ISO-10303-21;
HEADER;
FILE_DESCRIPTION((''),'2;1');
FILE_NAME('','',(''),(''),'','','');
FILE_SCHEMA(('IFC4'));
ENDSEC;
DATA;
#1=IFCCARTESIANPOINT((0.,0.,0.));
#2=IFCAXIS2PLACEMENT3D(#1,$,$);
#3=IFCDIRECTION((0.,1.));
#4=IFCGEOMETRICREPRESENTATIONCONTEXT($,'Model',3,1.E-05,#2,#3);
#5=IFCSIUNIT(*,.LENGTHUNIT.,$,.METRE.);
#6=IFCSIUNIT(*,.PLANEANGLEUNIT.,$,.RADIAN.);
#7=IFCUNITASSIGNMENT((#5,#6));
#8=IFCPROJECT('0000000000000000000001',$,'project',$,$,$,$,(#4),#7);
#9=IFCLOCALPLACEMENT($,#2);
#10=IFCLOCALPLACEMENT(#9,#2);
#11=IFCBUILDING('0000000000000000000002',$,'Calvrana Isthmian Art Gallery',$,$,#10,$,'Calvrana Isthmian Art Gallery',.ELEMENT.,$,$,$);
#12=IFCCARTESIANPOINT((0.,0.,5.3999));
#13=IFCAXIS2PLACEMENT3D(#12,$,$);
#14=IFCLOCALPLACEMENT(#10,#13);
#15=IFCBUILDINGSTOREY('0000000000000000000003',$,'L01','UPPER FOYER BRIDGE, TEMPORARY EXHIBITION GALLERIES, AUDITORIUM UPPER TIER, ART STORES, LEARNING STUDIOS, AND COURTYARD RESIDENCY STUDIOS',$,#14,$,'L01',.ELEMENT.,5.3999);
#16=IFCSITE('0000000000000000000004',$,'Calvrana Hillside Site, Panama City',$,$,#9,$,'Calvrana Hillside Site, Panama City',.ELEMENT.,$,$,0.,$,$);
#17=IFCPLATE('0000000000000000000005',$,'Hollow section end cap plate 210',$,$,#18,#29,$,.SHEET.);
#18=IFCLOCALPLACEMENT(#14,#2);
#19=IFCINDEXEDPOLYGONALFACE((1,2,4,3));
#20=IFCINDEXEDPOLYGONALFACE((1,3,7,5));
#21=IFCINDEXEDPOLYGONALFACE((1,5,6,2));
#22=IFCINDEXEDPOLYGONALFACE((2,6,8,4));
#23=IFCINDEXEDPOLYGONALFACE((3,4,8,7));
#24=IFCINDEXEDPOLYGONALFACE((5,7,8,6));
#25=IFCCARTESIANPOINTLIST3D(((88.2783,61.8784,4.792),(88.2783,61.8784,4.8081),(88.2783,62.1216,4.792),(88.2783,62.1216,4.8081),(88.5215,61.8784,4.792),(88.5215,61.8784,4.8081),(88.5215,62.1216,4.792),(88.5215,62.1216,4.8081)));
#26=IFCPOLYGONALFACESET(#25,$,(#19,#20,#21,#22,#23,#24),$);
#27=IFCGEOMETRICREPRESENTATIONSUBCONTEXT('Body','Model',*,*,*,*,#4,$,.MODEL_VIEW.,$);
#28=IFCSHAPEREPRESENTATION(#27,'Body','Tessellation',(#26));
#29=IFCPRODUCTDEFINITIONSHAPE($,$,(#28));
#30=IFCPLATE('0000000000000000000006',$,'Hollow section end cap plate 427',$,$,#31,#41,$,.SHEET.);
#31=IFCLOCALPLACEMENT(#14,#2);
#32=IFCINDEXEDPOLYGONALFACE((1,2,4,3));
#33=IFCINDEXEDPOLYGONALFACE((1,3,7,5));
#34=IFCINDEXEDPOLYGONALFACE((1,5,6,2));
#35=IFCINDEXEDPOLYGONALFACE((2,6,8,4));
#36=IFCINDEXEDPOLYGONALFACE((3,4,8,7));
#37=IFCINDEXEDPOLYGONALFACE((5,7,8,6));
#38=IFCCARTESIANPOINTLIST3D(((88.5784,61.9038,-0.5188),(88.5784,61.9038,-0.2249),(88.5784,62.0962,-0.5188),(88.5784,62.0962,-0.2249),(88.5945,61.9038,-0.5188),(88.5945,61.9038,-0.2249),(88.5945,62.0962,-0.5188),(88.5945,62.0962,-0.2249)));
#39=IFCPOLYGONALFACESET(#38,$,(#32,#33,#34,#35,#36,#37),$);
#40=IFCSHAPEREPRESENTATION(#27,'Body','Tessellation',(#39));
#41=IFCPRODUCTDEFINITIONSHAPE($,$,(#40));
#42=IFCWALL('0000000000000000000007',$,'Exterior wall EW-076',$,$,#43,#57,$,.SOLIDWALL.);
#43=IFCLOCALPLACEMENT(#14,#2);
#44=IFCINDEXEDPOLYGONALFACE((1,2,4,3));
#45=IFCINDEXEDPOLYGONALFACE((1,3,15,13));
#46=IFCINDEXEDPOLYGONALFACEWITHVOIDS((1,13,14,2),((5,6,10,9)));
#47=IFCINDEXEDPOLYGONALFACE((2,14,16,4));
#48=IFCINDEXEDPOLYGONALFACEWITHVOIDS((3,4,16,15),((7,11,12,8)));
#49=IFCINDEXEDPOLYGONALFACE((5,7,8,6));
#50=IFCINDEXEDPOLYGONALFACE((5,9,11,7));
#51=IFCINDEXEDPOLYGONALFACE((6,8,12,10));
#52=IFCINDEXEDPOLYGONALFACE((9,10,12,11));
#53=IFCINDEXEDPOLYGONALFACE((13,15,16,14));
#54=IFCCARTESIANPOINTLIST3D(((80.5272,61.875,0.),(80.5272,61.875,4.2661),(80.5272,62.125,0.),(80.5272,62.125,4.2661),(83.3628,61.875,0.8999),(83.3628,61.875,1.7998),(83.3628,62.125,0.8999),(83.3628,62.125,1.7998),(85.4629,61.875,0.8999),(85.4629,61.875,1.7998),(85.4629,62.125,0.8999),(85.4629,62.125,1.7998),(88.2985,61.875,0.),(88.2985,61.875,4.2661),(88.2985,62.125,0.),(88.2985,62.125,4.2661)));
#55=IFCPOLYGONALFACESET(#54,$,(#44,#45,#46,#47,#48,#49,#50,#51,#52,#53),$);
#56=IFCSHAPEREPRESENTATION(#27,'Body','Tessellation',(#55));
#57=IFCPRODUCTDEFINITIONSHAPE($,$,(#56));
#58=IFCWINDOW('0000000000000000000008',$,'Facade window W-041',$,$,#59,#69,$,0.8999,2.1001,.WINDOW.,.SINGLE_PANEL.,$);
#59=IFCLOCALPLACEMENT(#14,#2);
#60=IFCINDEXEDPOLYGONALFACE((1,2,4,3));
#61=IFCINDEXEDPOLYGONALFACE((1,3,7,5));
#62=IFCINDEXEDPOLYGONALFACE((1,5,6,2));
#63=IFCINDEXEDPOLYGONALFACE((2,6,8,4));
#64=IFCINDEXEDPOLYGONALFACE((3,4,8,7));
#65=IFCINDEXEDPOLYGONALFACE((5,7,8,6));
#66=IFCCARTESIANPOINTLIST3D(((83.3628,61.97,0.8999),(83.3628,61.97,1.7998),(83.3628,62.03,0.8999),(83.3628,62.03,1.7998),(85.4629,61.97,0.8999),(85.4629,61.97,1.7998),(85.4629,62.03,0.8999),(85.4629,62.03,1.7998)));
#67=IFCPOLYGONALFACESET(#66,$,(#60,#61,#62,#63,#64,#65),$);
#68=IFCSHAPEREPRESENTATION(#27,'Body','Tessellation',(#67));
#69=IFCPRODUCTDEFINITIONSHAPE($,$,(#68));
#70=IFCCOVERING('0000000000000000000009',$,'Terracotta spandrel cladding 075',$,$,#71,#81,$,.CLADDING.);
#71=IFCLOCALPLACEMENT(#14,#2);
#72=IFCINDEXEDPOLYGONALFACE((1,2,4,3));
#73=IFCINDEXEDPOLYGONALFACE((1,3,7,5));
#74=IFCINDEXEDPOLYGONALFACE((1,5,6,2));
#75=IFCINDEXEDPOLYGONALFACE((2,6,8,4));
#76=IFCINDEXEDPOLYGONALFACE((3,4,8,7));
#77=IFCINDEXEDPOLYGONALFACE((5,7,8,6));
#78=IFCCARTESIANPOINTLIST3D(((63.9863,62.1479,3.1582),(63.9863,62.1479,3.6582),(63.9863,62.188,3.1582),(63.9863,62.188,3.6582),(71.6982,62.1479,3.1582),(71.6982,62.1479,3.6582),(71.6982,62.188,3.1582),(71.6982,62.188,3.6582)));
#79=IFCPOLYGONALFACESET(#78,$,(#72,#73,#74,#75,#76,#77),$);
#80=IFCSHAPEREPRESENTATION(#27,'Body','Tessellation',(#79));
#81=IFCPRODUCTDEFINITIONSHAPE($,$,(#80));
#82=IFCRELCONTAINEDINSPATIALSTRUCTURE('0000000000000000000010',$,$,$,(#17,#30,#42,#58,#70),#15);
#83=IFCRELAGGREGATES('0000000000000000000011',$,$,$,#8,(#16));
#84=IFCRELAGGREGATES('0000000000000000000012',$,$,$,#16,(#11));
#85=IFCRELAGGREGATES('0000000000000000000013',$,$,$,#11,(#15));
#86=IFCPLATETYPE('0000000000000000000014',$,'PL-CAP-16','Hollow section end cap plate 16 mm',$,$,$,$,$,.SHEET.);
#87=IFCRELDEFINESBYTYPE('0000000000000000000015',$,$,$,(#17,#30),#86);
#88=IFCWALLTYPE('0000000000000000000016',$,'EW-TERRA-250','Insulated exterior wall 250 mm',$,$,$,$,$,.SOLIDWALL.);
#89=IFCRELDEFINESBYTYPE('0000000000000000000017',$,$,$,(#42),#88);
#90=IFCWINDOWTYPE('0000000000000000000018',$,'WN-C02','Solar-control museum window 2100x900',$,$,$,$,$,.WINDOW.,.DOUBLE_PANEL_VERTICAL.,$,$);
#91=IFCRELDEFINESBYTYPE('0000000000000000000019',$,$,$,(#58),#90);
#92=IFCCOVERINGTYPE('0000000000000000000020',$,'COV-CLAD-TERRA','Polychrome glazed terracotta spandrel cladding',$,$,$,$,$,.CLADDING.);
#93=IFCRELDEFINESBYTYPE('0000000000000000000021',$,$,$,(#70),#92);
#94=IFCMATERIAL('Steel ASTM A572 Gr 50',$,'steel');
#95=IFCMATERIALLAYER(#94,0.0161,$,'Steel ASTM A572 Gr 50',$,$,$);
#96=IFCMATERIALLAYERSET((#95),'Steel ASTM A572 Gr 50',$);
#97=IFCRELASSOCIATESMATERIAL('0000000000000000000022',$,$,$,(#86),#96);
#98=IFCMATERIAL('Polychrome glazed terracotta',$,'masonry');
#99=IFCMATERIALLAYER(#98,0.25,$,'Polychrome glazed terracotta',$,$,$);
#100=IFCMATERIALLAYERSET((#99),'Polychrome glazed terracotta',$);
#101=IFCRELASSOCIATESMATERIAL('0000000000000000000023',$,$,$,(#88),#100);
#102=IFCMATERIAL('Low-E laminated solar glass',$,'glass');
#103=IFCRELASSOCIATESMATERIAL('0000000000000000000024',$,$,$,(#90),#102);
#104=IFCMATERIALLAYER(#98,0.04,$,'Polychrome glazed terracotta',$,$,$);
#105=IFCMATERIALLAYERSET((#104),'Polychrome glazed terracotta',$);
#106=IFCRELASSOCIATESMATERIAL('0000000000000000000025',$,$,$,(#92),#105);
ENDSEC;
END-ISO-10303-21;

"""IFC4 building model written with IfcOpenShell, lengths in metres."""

from ifc_helpers import new_model, si_unit, direction, frame, frame_2d, origin, origin_2d, place, context, subcontext, project, spatial, rectangle, extrude, material, layer, layer_set, type_object, element, fill, save


model = new_model("IFC4")

# Units and contexts
model_context = context("Model", 3, precision=1e-05, world=origin(), true_north=direction((0.0, 1.0)))
body_context = subcontext(model_context, "Body", "Model", "MODEL_VIEW")
ifc_project = project(units=[si_unit("LENGTHUNIT", "METRE"), si_unit("PLANEANGLEUNIT", "RADIAN")], contexts=[model_context])

# Site, building, storey
site_placement = place(None, origin())
site = spatial("IfcSite", under=ifc_project, at=site_placement, Name="Calvrana Hillside Site, Panama City", LongName="Calvrana Hillside Site, Panama City", CompositionType="ELEMENT", RefElevation=0.0)
building_placement = place(site_placement, origin())
building = spatial("IfcBuilding", under=site, at=building_placement, Name="Calvrana Isthmian Art Gallery", LongName="Calvrana Isthmian Art Gallery", CompositionType="ELEMENT")
storey_placement = place(building_placement, frame((0.0, 0.0, 5.3999)))
storey = spatial("IfcBuildingStorey", under=building, at=storey_placement, Name="L01", Description="UPPER FOYER BRIDGE, TEMPORARY EXHIBITION GALLERIES, AUDITORIUM UPPER TIER, ART STORES, LEARNING STUDIOS, AND COURTYARD RESIDENCY STUDIOS", LongName="L01", CompositionType="ELEMENT", Elevation=5.3999)

# Shared definitions
ifc_material_1 = material(Name="Polychrome glazed terracotta", Category="masonry")
ifc_material_2 = material(Name="Low-E laminated solar glass", Category="glass")

# Plates
ifc_material_3 = material(Name="Steel ASTM A572 Gr 50", Category="steel")
ifc_layer_1 = layer(ifc_material_3, 0.0161, Name="Steel ASTM A572 Gr 50")
ifc_layer_set_1 = layer_set([ifc_layer_1], Name="Steel ASTM A572 Gr 50")
plate_type_1 = type_object("IfcPlateType", Name="PL-CAP-16", Description="Hollow section end cap plate 16 mm", PredefinedType="SHEET", material=ifc_layer_set_1)
for number, where, z_axis, x_axis, name in (
    (1, (88.3999, 62.0, 4.792), (0.0, 0.0, 1.0), (1.0, 0.0, 0.0), "Hollow section end cap plate 210"),
):
    element("IfcPlate", number, at=place(storey_placement, frame(where, z_axis=z_axis, x_axis=x_axis)), inside=storey, type_object=plate_type_1, Name=name, PredefinedType="SHEET", context=body_context, shape_type="SweptSolid", body=[
        extrude(rectangle(XDim=0.2432, YDim=0.2432, at=origin_2d()), origin(), (0.0, 0.0, 1.0), 0.0161),
    ])
plate_1_placement = place(storey_placement, frame((88.5864, 62.0, -0.5188), z_axis=(0.0, 0.0, 1.0), x_axis=(1.0, 0.0, 0.0)))
element("IfcPlate", 2, at=plate_1_placement, inside=storey, type_object=plate_type_1, Name="Hollow section end cap plate 427", PredefinedType="SHEET", context=body_context, shape_type="SweptSolid", body=[
    extrude(rectangle(XDim=0.0161, YDim=0.1924, at=origin_2d()), origin(), (0.0, 0.0, 1.0), 0.2939),
])

# Wall, opening, window
ifc_layer_2 = layer(ifc_material_1, 0.25, Name="Polychrome glazed terracotta")
ifc_layer_set_2 = layer_set([ifc_layer_2], Name="Polychrome glazed terracotta")
wall_type = type_object("IfcWallType", Name="EW-TERRA-250", Description="Insulated exterior wall 250 mm", PredefinedType="SOLIDWALL", material=ifc_layer_set_2)
wall_placement = place(storey_placement, frame((80.5271, 62.0, 0.0), z_axis=(0.0, 0.0, 1.0), x_axis=(1.0, 0.0, 0.0)))
wall = element("IfcWall", 3, at=wall_placement, inside=storey, type_object=wall_type, Name="Exterior wall EW-076", PredefinedType="SOLIDWALL", context=body_context, shape_type="SweptSolid", body=[
    extrude(rectangle(XDim=7.7712, YDim=0.25, at=frame_2d((3.8857, 0.0))), origin(), (0.0, 0.0, 1.0), 4.2661),
])
opening_placement = place(wall_placement, frame((2.8357, 0.0, 0.8999)))
opening = element("IfcOpeningElement", 4, at=opening_placement, cuts=wall, PredefinedType="OPENING", context=body_context, shape_type="SweptSolid", body=[
    extrude(rectangle(XDim=2.1001, YDim=0.8999, at=frame_2d((1.05, 0.45))), frame((0.0, 0.1353, 0.0), z_axis=(0.0, -1.0, 0.0), x_axis=(1.0, 0.0, 0.0)), (0.0, 0.0, 1.0), 0.2705),
])
window_type = type_object("IfcWindowType", Name="WN-C02", Description="Solar-control museum window 2100x900", PartitioningType="DOUBLE_PANEL_VERTICAL", PredefinedType="WINDOW", material=ifc_material_2)
window_placement = place(opening_placement, origin())
window = element("IfcWindow", 5, at=window_placement, inside=storey, type_object=window_type, Name="Facade window W-041", OverallHeight=0.8999, OverallWidth=2.1001, PartitioningType="SINGLE_PANEL", PredefinedType="WINDOW", context=body_context, shape_type="SweptSolid", body=[
    extrude(rectangle(XDim=2.1001, YDim=0.8999, at=frame_2d((1.05, 0.45))), frame((0.0, 0.03, 0.0), z_axis=(0.0, -1.0, 0.0), x_axis=(1.0, 0.0, 0.0)), (0.0, 0.0, 1.0), 0.0601),
])
fill(opening, window)

# Covering
ifc_layer_3 = layer(ifc_material_1, 0.04, Name="Polychrome glazed terracotta")
ifc_layer_set_3 = layer_set([ifc_layer_3], Name="Polychrome glazed terracotta")
covering_type = type_object("IfcCoveringType", Name="COV-CLAD-TERRA", Description="Polychrome glazed terracotta spandrel cladding", PredefinedType="CLADDING", material=ifc_layer_set_3)
covering_placement = place(storey_placement, frame((67.8423, 62.168, 3.1582), z_axis=(0.0, 0.0, 1.0), x_axis=(1.0, 0.0, 0.0)))
element("IfcCovering", 6, at=covering_placement, inside=storey, type_object=covering_type, Name="Terracotta spandrel cladding 075", PredefinedType="CLADDING", context=body_context, shape_type="SweptSolid", body=[
    extrude(rectangle(XDim=7.7119, YDim=0.04, at=origin_2d()), origin(), (0.0, 0.0, 1.0), 0.5),
])

save(model, "model.ifc")
